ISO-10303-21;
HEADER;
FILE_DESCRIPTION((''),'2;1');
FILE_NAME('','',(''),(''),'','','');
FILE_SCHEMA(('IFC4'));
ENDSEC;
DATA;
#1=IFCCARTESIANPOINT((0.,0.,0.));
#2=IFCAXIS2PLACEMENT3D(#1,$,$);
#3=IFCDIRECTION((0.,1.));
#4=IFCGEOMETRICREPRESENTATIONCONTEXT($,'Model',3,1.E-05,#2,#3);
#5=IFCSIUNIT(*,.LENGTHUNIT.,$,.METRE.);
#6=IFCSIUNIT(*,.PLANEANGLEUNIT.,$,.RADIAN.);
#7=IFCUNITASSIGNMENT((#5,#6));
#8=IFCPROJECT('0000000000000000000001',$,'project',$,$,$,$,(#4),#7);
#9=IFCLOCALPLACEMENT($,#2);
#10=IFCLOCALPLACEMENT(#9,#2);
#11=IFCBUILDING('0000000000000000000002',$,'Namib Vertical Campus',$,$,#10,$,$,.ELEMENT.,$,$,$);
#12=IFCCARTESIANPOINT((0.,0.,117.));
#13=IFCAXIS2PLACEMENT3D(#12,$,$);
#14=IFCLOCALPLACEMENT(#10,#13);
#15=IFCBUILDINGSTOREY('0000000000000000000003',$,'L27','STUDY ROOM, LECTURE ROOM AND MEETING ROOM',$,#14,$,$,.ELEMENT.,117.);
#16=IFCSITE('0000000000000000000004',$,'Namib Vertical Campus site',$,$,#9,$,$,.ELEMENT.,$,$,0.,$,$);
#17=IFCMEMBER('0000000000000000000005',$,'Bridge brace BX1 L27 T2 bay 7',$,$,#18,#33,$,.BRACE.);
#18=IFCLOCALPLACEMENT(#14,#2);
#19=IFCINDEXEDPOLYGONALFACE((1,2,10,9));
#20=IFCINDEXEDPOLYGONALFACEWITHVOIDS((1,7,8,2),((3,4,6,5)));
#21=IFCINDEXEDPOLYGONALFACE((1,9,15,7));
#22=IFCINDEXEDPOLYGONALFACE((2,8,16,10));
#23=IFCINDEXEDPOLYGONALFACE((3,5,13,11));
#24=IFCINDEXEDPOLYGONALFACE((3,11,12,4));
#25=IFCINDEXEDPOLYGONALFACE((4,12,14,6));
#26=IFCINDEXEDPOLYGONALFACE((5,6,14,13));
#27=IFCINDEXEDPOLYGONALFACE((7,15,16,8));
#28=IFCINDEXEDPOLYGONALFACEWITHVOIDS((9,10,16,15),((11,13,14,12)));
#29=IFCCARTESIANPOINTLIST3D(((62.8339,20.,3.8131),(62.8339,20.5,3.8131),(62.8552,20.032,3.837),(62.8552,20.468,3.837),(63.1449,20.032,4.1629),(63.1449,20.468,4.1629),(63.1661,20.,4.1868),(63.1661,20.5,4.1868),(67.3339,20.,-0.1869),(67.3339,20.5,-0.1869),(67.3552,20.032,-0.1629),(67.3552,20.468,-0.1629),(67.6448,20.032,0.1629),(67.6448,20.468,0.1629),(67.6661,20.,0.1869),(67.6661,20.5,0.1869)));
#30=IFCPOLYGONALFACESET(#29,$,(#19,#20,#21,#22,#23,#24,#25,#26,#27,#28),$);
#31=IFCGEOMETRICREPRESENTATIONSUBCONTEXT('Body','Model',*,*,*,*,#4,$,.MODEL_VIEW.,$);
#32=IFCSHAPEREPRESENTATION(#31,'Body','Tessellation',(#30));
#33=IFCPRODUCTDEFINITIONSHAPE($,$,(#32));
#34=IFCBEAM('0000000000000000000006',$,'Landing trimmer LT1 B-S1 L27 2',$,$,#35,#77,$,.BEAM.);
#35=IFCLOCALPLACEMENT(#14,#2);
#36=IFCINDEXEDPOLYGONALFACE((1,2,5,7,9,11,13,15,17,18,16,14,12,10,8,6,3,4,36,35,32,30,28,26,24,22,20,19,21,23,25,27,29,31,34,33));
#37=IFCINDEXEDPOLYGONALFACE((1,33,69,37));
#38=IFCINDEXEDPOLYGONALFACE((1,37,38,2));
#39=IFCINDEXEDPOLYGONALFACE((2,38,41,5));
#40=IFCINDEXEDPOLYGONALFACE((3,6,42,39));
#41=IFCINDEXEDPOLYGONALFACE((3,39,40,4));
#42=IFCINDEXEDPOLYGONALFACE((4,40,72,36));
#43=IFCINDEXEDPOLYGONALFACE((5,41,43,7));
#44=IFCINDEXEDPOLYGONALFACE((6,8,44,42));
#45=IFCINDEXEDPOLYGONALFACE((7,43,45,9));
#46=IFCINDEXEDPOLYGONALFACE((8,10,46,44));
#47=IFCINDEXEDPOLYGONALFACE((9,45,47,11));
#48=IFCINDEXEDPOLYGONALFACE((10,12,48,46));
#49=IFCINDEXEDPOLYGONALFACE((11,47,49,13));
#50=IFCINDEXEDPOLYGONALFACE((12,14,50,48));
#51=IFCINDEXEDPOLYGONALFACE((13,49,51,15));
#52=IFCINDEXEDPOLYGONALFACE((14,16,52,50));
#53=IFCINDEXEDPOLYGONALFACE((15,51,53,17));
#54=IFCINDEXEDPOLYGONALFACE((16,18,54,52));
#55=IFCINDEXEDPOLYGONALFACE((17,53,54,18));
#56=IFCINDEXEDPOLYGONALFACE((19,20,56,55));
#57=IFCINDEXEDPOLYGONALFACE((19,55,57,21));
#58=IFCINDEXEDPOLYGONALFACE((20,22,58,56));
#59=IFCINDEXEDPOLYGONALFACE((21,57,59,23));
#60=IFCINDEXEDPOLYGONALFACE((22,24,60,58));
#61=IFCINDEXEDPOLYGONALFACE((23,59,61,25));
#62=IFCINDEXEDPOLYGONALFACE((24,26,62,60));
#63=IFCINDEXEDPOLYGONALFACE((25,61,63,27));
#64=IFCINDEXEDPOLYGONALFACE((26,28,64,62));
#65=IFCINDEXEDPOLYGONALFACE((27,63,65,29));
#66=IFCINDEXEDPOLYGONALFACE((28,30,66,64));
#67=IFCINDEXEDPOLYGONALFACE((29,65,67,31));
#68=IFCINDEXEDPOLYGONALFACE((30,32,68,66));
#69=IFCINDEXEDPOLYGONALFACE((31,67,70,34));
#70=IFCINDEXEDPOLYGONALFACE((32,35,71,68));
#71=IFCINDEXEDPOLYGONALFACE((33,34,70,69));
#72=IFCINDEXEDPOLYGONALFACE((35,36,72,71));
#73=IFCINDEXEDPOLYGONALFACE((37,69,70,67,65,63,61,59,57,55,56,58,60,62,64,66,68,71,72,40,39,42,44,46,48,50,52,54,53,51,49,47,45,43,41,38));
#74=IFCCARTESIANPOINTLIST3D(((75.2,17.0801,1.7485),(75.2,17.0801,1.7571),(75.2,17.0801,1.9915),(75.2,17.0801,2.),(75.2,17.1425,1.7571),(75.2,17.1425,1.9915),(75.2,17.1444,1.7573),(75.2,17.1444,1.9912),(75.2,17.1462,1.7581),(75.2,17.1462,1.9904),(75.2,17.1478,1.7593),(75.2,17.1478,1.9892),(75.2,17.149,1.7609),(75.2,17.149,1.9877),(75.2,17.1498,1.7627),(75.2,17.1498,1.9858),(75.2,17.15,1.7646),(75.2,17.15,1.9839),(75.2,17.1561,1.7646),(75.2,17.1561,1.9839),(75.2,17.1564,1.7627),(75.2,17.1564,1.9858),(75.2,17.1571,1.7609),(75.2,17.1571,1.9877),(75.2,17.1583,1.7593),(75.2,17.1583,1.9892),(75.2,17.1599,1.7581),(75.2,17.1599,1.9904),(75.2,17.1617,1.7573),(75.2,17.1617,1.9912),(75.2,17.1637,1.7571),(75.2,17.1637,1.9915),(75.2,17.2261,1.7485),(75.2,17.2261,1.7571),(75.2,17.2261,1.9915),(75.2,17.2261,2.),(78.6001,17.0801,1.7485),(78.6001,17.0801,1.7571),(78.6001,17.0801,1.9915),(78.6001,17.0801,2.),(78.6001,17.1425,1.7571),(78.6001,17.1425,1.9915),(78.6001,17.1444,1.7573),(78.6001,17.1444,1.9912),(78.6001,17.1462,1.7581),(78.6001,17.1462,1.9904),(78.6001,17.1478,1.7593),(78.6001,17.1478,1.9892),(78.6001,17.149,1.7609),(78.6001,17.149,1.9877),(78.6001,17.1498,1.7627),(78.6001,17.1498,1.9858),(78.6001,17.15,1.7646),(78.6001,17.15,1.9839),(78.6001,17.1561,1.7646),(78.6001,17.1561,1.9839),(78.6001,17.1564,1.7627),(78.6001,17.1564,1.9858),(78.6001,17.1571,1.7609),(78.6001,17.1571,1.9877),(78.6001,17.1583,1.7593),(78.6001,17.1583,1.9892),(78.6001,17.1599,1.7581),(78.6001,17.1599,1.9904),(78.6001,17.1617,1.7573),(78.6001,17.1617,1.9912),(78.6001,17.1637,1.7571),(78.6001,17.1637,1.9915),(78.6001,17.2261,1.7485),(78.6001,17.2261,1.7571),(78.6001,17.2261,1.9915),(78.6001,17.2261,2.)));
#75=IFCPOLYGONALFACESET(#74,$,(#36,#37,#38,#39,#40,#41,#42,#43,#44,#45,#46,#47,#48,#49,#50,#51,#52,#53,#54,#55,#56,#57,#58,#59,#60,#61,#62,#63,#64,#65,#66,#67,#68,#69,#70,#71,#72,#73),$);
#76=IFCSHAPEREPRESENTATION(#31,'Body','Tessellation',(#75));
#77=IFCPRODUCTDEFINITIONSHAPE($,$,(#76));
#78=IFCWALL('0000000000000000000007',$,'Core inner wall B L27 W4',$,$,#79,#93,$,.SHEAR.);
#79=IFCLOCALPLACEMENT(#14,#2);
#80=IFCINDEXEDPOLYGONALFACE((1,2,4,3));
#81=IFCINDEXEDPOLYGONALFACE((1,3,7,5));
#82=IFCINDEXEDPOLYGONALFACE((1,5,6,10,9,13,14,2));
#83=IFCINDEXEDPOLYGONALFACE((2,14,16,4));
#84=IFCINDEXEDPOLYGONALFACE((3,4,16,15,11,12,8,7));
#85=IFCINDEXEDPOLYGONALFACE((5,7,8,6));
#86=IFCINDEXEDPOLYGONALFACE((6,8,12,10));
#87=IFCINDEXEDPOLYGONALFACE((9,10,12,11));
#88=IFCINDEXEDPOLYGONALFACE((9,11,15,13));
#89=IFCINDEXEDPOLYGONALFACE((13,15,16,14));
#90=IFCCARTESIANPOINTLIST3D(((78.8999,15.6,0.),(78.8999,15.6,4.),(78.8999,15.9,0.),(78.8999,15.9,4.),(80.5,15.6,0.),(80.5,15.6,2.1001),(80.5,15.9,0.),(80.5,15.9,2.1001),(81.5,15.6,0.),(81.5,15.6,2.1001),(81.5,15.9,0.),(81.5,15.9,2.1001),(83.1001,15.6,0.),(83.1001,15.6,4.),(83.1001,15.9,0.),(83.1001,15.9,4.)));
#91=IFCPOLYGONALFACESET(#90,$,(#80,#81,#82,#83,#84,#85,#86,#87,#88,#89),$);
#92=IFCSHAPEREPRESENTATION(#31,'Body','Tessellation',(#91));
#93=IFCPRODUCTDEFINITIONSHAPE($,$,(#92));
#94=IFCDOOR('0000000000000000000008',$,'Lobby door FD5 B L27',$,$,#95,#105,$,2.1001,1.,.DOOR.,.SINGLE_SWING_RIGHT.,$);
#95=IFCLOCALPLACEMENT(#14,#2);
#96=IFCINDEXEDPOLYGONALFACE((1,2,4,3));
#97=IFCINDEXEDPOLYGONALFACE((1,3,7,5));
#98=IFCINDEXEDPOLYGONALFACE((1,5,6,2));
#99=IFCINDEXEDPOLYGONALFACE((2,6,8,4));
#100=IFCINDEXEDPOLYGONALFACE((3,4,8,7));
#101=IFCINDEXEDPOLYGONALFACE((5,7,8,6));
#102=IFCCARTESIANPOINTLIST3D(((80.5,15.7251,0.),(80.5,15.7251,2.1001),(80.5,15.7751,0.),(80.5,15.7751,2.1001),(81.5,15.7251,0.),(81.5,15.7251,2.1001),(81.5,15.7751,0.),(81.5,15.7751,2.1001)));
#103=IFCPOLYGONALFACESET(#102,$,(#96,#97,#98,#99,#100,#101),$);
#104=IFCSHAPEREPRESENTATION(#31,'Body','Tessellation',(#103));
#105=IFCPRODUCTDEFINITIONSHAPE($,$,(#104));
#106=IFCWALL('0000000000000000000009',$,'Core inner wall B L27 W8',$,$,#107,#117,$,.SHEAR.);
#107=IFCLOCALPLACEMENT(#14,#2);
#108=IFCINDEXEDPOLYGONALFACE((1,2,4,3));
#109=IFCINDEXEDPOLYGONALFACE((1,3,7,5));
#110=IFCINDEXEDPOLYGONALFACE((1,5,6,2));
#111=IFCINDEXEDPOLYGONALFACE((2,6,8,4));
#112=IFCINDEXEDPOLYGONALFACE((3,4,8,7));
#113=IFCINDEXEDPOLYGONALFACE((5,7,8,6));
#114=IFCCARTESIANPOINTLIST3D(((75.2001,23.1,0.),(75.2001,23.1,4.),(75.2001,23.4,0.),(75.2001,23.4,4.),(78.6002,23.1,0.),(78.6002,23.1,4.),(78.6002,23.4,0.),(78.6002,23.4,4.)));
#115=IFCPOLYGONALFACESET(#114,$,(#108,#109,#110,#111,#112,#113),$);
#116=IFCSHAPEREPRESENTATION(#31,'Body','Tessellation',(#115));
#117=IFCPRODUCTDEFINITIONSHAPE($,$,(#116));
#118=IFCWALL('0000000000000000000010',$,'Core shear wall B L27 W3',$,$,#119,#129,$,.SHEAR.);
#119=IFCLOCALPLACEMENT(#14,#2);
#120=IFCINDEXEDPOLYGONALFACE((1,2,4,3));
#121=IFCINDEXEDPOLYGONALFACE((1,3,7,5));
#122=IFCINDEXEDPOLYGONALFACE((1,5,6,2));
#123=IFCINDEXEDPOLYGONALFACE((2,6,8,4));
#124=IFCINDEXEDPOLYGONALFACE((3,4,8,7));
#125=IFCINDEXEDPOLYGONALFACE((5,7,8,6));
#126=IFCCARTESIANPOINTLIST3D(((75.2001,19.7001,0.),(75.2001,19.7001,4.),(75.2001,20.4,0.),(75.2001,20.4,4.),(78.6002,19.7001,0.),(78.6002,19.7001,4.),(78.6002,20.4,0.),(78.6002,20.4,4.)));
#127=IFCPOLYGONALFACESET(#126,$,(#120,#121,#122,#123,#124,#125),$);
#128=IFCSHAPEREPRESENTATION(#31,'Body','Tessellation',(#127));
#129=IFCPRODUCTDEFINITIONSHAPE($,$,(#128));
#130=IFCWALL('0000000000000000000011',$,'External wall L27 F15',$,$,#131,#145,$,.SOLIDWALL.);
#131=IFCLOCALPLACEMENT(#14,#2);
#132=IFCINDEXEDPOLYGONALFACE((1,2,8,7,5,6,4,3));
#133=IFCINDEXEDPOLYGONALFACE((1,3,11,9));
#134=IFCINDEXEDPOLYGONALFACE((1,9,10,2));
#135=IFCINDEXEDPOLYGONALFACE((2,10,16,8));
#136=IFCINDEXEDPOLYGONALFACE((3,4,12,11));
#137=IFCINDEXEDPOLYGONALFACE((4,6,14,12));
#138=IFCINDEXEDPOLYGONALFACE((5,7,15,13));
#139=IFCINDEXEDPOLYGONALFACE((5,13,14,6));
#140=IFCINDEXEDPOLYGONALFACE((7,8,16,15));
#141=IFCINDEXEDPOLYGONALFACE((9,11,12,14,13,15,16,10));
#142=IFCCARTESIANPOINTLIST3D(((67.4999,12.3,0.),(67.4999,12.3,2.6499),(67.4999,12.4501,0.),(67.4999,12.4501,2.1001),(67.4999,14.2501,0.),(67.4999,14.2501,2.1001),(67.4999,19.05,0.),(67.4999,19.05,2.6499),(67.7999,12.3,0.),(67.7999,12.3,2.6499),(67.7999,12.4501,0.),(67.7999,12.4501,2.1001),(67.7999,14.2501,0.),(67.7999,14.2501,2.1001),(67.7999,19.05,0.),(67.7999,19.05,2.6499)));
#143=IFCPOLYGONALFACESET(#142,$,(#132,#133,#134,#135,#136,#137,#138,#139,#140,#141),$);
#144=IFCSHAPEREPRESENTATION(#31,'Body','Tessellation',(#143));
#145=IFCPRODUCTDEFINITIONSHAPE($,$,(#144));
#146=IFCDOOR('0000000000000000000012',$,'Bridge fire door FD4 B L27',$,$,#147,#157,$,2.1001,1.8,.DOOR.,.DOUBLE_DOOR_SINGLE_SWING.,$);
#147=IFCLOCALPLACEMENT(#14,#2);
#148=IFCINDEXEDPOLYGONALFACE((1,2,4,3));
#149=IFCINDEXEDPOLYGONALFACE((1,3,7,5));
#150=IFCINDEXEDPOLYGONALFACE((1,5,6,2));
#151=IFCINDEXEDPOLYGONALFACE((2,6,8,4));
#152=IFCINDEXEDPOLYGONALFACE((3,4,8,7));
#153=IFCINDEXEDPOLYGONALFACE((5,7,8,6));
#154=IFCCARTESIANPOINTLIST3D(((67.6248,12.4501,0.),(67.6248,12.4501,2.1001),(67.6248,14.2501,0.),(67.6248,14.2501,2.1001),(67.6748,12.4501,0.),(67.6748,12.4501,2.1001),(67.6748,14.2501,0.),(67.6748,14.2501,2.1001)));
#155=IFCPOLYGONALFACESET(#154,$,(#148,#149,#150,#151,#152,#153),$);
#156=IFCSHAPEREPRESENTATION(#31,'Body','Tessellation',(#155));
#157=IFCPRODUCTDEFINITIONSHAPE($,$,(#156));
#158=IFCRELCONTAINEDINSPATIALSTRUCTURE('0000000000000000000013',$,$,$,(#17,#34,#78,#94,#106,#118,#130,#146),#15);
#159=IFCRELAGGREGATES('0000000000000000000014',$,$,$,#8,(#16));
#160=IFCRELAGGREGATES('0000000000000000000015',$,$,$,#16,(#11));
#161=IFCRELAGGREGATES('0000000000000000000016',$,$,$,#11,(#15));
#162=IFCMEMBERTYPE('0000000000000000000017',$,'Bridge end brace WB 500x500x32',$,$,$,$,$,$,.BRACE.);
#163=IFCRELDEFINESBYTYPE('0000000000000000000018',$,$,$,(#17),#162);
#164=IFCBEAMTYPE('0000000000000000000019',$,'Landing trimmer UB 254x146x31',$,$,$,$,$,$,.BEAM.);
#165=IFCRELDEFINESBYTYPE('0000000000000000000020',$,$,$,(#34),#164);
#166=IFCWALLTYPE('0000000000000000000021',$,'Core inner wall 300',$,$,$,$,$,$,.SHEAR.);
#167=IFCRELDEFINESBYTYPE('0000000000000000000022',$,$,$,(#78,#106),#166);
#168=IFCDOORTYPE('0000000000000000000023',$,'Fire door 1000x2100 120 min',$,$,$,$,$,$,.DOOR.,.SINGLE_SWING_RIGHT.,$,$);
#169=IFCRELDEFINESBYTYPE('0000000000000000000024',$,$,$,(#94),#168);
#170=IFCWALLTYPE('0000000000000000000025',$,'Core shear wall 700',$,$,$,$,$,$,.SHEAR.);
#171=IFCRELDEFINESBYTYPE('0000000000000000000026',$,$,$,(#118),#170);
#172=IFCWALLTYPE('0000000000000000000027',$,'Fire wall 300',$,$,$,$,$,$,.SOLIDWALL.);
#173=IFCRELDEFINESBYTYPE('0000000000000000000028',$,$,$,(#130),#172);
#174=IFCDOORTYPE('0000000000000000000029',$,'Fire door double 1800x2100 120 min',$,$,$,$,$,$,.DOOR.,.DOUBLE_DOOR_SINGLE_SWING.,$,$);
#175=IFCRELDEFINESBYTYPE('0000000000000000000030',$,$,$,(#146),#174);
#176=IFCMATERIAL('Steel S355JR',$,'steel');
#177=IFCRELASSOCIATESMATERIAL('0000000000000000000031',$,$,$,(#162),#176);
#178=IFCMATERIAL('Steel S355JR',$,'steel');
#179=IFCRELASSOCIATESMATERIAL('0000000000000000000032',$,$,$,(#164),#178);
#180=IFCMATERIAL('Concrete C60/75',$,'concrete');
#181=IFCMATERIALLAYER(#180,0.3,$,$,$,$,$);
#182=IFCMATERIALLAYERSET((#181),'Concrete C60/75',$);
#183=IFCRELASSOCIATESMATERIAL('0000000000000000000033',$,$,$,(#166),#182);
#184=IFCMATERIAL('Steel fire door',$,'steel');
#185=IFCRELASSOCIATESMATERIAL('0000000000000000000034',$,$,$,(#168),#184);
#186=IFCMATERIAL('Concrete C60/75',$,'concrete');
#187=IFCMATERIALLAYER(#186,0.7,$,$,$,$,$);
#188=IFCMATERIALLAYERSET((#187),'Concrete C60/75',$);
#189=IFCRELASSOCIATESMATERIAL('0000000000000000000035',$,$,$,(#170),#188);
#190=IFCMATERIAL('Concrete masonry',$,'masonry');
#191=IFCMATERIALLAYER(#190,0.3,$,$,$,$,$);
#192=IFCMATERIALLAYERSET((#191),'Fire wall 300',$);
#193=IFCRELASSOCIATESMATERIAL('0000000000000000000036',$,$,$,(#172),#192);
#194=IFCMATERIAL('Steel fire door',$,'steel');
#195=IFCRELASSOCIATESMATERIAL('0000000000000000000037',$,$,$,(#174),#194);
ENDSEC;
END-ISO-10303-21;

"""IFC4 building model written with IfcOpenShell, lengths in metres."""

from ifc_helpers import new_model, si_unit, direction, frame, frame_2d, origin, origin_2d, place, context, subcontext, project, spatial, rectangle, hollow_rectangle, i_section, extrude, material, layer, layer_set, material_profile, profile_set, type_object, element, fill, save


model = new_model("IFC4")

# Units and contexts
model_context = context("Model", 3, precision=1e-05, world=origin(), true_north=direction((0.0, 1.0)))
body_context = subcontext(model_context, "Body", "Model", "MODEL_VIEW")
ifc_project = project(units=[si_unit("LENGTHUNIT", "METRE"), si_unit("PLANEANGLEUNIT", "RADIAN")], contexts=[model_context])

# Site, building, storey
site_placement = place(None, origin())
site = spatial("IfcSite", under=ifc_project, at=site_placement, Name="Namib Vertical Campus site", CompositionType="ELEMENT", RefElevation=0.0)
building_placement = place(site_placement, origin())
building = spatial("IfcBuilding", under=site, at=building_placement, Name="Namib Vertical Campus", CompositionType="ELEMENT")
storey_placement = place(building_placement, frame((0.0, 0.0, 117.0)))
storey = spatial("IfcBuildingStorey", under=building, at=storey_placement, Name="L27", Description="STUDY ROOM, LECTURE ROOM AND MEETING ROOM", CompositionType="ELEMENT", Elevation=117.0)

# Member
ifc_material_1 = material(Name="Steel S355JR", Category="steel")
ifc_material_profile_1 = material_profile(ifc_material_1, hollow_rectangle(XDim=0.5, YDim=0.5, WallThickness=0.032, at=origin_2d()))
ifc_profile_set_1 = profile_set([ifc_material_profile_1], Name="Steel S355JR")
member_type = type_object("IfcMemberType", Name="Bridge end brace WB 500x500x32", PredefinedType="BRACE", material=ifc_profile_set_1)
member_placement = place(storey_placement, frame((67.5, 20.25, 0.0), z_axis=(-0.747409, 0.0, 0.664364), x_axis=(0.0, -1.0, 0.0)))
element("IfcMember", 1, at=member_placement, inside=storey, type_object=member_type, Name="Bridge brace BX1 L27 T2 bay 7", PredefinedType="BRACE", context=body_context, shape_type="SweptSolid", body=[
    extrude(hollow_rectangle(XDim=0.5, YDim=0.5, WallThickness=0.032, at=origin_2d()), origin(), (0.0, 0.0, 1.0), 6.0208),
])

# Beam
ifc_material_2 = material(Name="Steel S355JR", Category="steel")
ifc_material_profile_2 = material_profile(ifc_material_2, i_section(OverallWidth=0.146, OverallDepth=0.2515, WebThickness=0.0061, FlangeThickness=0.0085, FilletRadius=0.0076, at=origin_2d()))
ifc_profile_set_2 = profile_set([ifc_material_profile_2], Name="Steel S355JR")
beam_type = type_object("IfcBeamType", Name="Landing trimmer UB 254x146x31", PredefinedType="BEAM", material=ifc_profile_set_2)
beam_placement = place(storey_placement, frame((75.2, 17.1531, 1.8743), z_axis=(1.0, 0.0, 0.0), x_axis=(0.0, 1.0, 0.0)))
element("IfcBeam", 2, at=beam_placement, inside=storey, type_object=beam_type, Name="Landing trimmer LT1 B-S1 L27 2", PredefinedType="BEAM", context=body_context, shape_type="SweptSolid", body=[
    extrude(i_section(OverallWidth=0.146, OverallDepth=0.2515, WebThickness=0.0061, FlangeThickness=0.0085, FilletRadius=0.0076, at=origin_2d()), origin(), (0.0, 0.0, 1.0), 3.4001),
])

# Wall, opening, door
ifc_material_3 = material(Name="Concrete C60/75", Category="concrete")
ifc_layer_1 = layer(ifc_material_3, 0.3)
ifc_layer_set_1 = layer_set([ifc_layer_1], Name="Concrete C60/75")
wall_type_1 = type_object("IfcWallType", Name="Core inner wall 300", PredefinedType="SHEAR", material=ifc_layer_set_1)
wall_1_placement = place(storey_placement, frame((78.8999, 15.75, 0.0), z_axis=(0.0, 0.0, 1.0), x_axis=(1.0, 0.0, 0.0)))
wall_1 = element("IfcWall", 3, at=wall_1_placement, inside=storey, type_object=wall_type_1, Name="Core inner wall B L27 W4", PredefinedType="SHEAR", context=body_context, shape_type="SweptSolid", body=[
    extrude(rectangle(XDim=4.2002, YDim=0.3, at=frame_2d((2.1001, 0.0))), origin(), (0.0, 0.0, 1.0), 4.0),
])
opening_1_placement = place(wall_1_placement, frame((1.6001, 0.0, 0.0)))
opening_1 = element("IfcOpeningElement", 4, at=opening_1_placement, cuts=wall_1, PredefinedType="OPENING", context=body_context, shape_type="SweptSolid", body=[
    extrude(rectangle(XDim=1.0, YDim=2.1001, at=frame_2d((0.5, 1.05))), frame((0.0, 0.1599, 0.0), z_axis=(0.0, -1.0, 0.0), x_axis=(1.0, 0.0, 0.0)), (0.0, 0.0, 1.0), 0.3201),
])
ifc_material_4 = material(Name="Steel fire door", Category="steel")
door_type_1 = type_object("IfcDoorType", Name="Fire door 1000x2100 120 min", OperationType="SINGLE_SWING_RIGHT", PredefinedType="DOOR", material=ifc_material_4)
door_1_placement = place(opening_1_placement, frame((1.0, 0.0, 0.0), z_axis=(0.0, 0.0, 1.0), x_axis=(-1.0, 0.0, 0.0)))
door_1 = element("IfcDoor", 5, at=door_1_placement, inside=storey, type_object=door_type_1, Name="Lobby door FD5 B L27", OperationType="SINGLE_SWING_RIGHT", OverallHeight=2.1001, OverallWidth=1.0, PredefinedType="DOOR", context=body_context, shape_type="SweptSolid", body=[
    extrude(rectangle(XDim=1.0, YDim=2.1001, at=frame_2d((0.5, 1.05))), frame((0.0, 0.0249, 0.0), z_axis=(0.0, -1.0, 0.0), x_axis=(1.0, 0.0, 0.0)), (0.0, 0.0, 1.0), 0.05),
])
fill(opening_1, door_1)

# Walls
wall_2_placement = place(storey_placement, frame((75.2, 23.25, 0.0), z_axis=(0.0, 0.0, 1.0), x_axis=(1.0, 0.0, 0.0)))
element("IfcWall", 6, at=wall_2_placement, inside=storey, type_object=wall_type_1, Name="Core inner wall B L27 W8", PredefinedType="SHEAR", context=body_context, shape_type="SweptSolid", body=[
    extrude(rectangle(XDim=3.4001, YDim=0.3, at=frame_2d((1.7002, 0.0))), origin(), (0.0, 0.0, 1.0), 4.0),
])
ifc_material_5 = material(Name="Concrete C60/75", Category="concrete")
ifc_layer_2 = layer(ifc_material_5, 0.7)
ifc_layer_set_2 = layer_set([ifc_layer_2], Name="Concrete C60/75")
wall_type_2 = type_object("IfcWallType", Name="Core shear wall 700", PredefinedType="SHEAR", material=ifc_layer_set_2)
wall_3_placement = place(storey_placement, frame((75.2, 20.05, 0.0), z_axis=(0.0, 0.0, 1.0), x_axis=(1.0, 0.0, 0.0)))
element("IfcWall", 7, at=wall_3_placement, inside=storey, type_object=wall_type_2, Name="Core shear wall B L27 W3", PredefinedType="SHEAR", context=body_context, shape_type="SweptSolid", body=[
    extrude(rectangle(XDim=3.4001, YDim=0.7, at=frame_2d((1.7002, 0.0))), origin(), (0.0, 0.0, 1.0), 4.0),
])

# Wall, opening, door
ifc_material_6 = material(Name="Concrete masonry", Category="masonry")
ifc_layer_3 = layer(ifc_material_6, 0.3)
ifc_layer_set_3 = layer_set([ifc_layer_3], Name="Fire wall 300")
wall_type_3 = type_object("IfcWallType", Name="Fire wall 300", PredefinedType="SOLIDWALL", material=ifc_layer_set_3)
wall_4_placement = place(storey_placement, frame((67.6499, 19.05, 0.0), z_axis=(0.0, 0.0, 1.0), x_axis=(0.0, -1.0, 0.0)))
wall_4 = element("IfcWall", 8, at=wall_4_placement, inside=storey, type_object=wall_type_3, Name="External wall L27 F15", PredefinedType="SOLIDWALL", context=body_context, shape_type="SweptSolid", body=[
    extrude(rectangle(XDim=6.75, YDim=0.3, at=frame_2d((3.375, 0.0))), origin(), (0.0, 0.0, 1.0), 2.6499),
])
opening_2_placement = place(wall_4_placement, frame((4.8, 0.0, 0.0)))
opening_2 = element("IfcOpeningElement", 9, at=opening_2_placement, cuts=wall_4, PredefinedType="OPENING", context=body_context, shape_type="SweptSolid", body=[
    extrude(rectangle(XDim=1.8, YDim=2.1001, at=frame_2d((0.8999, 1.05))), frame((0.0, 0.1599, 0.0), z_axis=(0.0, -1.0, 0.0), x_axis=(1.0, 0.0, 0.0)), (0.0, 0.0, 1.0), 0.3201),
])
ifc_material_7 = material(Name="Steel fire door", Category="steel")
door_type_2 = type_object("IfcDoorType", Name="Fire door double 1800x2100 120 min", OperationType="DOUBLE_DOOR_SINGLE_SWING", PredefinedType="DOOR", material=ifc_material_7)
door_2_placement = place(opening_2_placement, origin())
door_2 = element("IfcDoor", 10, at=door_2_placement, inside=storey, type_object=door_type_2, Name="Bridge fire door FD4 B L27", OperationType="DOUBLE_DOOR_SINGLE_SWING", OverallHeight=2.1001, OverallWidth=1.8, PredefinedType="DOOR", context=body_context, shape_type="SweptSolid", body=[
    extrude(rectangle(XDim=1.8, YDim=2.1001, at=frame_2d((0.8999, 1.05))), frame((0.0, 0.0249, 0.0), z_axis=(0.0, -1.0, 0.0), x_axis=(1.0, 0.0, 0.0)), (0.0, 0.0, 1.0), 0.05),
])
fill(opening_2, door_2)

save(model, "model.ifc")
